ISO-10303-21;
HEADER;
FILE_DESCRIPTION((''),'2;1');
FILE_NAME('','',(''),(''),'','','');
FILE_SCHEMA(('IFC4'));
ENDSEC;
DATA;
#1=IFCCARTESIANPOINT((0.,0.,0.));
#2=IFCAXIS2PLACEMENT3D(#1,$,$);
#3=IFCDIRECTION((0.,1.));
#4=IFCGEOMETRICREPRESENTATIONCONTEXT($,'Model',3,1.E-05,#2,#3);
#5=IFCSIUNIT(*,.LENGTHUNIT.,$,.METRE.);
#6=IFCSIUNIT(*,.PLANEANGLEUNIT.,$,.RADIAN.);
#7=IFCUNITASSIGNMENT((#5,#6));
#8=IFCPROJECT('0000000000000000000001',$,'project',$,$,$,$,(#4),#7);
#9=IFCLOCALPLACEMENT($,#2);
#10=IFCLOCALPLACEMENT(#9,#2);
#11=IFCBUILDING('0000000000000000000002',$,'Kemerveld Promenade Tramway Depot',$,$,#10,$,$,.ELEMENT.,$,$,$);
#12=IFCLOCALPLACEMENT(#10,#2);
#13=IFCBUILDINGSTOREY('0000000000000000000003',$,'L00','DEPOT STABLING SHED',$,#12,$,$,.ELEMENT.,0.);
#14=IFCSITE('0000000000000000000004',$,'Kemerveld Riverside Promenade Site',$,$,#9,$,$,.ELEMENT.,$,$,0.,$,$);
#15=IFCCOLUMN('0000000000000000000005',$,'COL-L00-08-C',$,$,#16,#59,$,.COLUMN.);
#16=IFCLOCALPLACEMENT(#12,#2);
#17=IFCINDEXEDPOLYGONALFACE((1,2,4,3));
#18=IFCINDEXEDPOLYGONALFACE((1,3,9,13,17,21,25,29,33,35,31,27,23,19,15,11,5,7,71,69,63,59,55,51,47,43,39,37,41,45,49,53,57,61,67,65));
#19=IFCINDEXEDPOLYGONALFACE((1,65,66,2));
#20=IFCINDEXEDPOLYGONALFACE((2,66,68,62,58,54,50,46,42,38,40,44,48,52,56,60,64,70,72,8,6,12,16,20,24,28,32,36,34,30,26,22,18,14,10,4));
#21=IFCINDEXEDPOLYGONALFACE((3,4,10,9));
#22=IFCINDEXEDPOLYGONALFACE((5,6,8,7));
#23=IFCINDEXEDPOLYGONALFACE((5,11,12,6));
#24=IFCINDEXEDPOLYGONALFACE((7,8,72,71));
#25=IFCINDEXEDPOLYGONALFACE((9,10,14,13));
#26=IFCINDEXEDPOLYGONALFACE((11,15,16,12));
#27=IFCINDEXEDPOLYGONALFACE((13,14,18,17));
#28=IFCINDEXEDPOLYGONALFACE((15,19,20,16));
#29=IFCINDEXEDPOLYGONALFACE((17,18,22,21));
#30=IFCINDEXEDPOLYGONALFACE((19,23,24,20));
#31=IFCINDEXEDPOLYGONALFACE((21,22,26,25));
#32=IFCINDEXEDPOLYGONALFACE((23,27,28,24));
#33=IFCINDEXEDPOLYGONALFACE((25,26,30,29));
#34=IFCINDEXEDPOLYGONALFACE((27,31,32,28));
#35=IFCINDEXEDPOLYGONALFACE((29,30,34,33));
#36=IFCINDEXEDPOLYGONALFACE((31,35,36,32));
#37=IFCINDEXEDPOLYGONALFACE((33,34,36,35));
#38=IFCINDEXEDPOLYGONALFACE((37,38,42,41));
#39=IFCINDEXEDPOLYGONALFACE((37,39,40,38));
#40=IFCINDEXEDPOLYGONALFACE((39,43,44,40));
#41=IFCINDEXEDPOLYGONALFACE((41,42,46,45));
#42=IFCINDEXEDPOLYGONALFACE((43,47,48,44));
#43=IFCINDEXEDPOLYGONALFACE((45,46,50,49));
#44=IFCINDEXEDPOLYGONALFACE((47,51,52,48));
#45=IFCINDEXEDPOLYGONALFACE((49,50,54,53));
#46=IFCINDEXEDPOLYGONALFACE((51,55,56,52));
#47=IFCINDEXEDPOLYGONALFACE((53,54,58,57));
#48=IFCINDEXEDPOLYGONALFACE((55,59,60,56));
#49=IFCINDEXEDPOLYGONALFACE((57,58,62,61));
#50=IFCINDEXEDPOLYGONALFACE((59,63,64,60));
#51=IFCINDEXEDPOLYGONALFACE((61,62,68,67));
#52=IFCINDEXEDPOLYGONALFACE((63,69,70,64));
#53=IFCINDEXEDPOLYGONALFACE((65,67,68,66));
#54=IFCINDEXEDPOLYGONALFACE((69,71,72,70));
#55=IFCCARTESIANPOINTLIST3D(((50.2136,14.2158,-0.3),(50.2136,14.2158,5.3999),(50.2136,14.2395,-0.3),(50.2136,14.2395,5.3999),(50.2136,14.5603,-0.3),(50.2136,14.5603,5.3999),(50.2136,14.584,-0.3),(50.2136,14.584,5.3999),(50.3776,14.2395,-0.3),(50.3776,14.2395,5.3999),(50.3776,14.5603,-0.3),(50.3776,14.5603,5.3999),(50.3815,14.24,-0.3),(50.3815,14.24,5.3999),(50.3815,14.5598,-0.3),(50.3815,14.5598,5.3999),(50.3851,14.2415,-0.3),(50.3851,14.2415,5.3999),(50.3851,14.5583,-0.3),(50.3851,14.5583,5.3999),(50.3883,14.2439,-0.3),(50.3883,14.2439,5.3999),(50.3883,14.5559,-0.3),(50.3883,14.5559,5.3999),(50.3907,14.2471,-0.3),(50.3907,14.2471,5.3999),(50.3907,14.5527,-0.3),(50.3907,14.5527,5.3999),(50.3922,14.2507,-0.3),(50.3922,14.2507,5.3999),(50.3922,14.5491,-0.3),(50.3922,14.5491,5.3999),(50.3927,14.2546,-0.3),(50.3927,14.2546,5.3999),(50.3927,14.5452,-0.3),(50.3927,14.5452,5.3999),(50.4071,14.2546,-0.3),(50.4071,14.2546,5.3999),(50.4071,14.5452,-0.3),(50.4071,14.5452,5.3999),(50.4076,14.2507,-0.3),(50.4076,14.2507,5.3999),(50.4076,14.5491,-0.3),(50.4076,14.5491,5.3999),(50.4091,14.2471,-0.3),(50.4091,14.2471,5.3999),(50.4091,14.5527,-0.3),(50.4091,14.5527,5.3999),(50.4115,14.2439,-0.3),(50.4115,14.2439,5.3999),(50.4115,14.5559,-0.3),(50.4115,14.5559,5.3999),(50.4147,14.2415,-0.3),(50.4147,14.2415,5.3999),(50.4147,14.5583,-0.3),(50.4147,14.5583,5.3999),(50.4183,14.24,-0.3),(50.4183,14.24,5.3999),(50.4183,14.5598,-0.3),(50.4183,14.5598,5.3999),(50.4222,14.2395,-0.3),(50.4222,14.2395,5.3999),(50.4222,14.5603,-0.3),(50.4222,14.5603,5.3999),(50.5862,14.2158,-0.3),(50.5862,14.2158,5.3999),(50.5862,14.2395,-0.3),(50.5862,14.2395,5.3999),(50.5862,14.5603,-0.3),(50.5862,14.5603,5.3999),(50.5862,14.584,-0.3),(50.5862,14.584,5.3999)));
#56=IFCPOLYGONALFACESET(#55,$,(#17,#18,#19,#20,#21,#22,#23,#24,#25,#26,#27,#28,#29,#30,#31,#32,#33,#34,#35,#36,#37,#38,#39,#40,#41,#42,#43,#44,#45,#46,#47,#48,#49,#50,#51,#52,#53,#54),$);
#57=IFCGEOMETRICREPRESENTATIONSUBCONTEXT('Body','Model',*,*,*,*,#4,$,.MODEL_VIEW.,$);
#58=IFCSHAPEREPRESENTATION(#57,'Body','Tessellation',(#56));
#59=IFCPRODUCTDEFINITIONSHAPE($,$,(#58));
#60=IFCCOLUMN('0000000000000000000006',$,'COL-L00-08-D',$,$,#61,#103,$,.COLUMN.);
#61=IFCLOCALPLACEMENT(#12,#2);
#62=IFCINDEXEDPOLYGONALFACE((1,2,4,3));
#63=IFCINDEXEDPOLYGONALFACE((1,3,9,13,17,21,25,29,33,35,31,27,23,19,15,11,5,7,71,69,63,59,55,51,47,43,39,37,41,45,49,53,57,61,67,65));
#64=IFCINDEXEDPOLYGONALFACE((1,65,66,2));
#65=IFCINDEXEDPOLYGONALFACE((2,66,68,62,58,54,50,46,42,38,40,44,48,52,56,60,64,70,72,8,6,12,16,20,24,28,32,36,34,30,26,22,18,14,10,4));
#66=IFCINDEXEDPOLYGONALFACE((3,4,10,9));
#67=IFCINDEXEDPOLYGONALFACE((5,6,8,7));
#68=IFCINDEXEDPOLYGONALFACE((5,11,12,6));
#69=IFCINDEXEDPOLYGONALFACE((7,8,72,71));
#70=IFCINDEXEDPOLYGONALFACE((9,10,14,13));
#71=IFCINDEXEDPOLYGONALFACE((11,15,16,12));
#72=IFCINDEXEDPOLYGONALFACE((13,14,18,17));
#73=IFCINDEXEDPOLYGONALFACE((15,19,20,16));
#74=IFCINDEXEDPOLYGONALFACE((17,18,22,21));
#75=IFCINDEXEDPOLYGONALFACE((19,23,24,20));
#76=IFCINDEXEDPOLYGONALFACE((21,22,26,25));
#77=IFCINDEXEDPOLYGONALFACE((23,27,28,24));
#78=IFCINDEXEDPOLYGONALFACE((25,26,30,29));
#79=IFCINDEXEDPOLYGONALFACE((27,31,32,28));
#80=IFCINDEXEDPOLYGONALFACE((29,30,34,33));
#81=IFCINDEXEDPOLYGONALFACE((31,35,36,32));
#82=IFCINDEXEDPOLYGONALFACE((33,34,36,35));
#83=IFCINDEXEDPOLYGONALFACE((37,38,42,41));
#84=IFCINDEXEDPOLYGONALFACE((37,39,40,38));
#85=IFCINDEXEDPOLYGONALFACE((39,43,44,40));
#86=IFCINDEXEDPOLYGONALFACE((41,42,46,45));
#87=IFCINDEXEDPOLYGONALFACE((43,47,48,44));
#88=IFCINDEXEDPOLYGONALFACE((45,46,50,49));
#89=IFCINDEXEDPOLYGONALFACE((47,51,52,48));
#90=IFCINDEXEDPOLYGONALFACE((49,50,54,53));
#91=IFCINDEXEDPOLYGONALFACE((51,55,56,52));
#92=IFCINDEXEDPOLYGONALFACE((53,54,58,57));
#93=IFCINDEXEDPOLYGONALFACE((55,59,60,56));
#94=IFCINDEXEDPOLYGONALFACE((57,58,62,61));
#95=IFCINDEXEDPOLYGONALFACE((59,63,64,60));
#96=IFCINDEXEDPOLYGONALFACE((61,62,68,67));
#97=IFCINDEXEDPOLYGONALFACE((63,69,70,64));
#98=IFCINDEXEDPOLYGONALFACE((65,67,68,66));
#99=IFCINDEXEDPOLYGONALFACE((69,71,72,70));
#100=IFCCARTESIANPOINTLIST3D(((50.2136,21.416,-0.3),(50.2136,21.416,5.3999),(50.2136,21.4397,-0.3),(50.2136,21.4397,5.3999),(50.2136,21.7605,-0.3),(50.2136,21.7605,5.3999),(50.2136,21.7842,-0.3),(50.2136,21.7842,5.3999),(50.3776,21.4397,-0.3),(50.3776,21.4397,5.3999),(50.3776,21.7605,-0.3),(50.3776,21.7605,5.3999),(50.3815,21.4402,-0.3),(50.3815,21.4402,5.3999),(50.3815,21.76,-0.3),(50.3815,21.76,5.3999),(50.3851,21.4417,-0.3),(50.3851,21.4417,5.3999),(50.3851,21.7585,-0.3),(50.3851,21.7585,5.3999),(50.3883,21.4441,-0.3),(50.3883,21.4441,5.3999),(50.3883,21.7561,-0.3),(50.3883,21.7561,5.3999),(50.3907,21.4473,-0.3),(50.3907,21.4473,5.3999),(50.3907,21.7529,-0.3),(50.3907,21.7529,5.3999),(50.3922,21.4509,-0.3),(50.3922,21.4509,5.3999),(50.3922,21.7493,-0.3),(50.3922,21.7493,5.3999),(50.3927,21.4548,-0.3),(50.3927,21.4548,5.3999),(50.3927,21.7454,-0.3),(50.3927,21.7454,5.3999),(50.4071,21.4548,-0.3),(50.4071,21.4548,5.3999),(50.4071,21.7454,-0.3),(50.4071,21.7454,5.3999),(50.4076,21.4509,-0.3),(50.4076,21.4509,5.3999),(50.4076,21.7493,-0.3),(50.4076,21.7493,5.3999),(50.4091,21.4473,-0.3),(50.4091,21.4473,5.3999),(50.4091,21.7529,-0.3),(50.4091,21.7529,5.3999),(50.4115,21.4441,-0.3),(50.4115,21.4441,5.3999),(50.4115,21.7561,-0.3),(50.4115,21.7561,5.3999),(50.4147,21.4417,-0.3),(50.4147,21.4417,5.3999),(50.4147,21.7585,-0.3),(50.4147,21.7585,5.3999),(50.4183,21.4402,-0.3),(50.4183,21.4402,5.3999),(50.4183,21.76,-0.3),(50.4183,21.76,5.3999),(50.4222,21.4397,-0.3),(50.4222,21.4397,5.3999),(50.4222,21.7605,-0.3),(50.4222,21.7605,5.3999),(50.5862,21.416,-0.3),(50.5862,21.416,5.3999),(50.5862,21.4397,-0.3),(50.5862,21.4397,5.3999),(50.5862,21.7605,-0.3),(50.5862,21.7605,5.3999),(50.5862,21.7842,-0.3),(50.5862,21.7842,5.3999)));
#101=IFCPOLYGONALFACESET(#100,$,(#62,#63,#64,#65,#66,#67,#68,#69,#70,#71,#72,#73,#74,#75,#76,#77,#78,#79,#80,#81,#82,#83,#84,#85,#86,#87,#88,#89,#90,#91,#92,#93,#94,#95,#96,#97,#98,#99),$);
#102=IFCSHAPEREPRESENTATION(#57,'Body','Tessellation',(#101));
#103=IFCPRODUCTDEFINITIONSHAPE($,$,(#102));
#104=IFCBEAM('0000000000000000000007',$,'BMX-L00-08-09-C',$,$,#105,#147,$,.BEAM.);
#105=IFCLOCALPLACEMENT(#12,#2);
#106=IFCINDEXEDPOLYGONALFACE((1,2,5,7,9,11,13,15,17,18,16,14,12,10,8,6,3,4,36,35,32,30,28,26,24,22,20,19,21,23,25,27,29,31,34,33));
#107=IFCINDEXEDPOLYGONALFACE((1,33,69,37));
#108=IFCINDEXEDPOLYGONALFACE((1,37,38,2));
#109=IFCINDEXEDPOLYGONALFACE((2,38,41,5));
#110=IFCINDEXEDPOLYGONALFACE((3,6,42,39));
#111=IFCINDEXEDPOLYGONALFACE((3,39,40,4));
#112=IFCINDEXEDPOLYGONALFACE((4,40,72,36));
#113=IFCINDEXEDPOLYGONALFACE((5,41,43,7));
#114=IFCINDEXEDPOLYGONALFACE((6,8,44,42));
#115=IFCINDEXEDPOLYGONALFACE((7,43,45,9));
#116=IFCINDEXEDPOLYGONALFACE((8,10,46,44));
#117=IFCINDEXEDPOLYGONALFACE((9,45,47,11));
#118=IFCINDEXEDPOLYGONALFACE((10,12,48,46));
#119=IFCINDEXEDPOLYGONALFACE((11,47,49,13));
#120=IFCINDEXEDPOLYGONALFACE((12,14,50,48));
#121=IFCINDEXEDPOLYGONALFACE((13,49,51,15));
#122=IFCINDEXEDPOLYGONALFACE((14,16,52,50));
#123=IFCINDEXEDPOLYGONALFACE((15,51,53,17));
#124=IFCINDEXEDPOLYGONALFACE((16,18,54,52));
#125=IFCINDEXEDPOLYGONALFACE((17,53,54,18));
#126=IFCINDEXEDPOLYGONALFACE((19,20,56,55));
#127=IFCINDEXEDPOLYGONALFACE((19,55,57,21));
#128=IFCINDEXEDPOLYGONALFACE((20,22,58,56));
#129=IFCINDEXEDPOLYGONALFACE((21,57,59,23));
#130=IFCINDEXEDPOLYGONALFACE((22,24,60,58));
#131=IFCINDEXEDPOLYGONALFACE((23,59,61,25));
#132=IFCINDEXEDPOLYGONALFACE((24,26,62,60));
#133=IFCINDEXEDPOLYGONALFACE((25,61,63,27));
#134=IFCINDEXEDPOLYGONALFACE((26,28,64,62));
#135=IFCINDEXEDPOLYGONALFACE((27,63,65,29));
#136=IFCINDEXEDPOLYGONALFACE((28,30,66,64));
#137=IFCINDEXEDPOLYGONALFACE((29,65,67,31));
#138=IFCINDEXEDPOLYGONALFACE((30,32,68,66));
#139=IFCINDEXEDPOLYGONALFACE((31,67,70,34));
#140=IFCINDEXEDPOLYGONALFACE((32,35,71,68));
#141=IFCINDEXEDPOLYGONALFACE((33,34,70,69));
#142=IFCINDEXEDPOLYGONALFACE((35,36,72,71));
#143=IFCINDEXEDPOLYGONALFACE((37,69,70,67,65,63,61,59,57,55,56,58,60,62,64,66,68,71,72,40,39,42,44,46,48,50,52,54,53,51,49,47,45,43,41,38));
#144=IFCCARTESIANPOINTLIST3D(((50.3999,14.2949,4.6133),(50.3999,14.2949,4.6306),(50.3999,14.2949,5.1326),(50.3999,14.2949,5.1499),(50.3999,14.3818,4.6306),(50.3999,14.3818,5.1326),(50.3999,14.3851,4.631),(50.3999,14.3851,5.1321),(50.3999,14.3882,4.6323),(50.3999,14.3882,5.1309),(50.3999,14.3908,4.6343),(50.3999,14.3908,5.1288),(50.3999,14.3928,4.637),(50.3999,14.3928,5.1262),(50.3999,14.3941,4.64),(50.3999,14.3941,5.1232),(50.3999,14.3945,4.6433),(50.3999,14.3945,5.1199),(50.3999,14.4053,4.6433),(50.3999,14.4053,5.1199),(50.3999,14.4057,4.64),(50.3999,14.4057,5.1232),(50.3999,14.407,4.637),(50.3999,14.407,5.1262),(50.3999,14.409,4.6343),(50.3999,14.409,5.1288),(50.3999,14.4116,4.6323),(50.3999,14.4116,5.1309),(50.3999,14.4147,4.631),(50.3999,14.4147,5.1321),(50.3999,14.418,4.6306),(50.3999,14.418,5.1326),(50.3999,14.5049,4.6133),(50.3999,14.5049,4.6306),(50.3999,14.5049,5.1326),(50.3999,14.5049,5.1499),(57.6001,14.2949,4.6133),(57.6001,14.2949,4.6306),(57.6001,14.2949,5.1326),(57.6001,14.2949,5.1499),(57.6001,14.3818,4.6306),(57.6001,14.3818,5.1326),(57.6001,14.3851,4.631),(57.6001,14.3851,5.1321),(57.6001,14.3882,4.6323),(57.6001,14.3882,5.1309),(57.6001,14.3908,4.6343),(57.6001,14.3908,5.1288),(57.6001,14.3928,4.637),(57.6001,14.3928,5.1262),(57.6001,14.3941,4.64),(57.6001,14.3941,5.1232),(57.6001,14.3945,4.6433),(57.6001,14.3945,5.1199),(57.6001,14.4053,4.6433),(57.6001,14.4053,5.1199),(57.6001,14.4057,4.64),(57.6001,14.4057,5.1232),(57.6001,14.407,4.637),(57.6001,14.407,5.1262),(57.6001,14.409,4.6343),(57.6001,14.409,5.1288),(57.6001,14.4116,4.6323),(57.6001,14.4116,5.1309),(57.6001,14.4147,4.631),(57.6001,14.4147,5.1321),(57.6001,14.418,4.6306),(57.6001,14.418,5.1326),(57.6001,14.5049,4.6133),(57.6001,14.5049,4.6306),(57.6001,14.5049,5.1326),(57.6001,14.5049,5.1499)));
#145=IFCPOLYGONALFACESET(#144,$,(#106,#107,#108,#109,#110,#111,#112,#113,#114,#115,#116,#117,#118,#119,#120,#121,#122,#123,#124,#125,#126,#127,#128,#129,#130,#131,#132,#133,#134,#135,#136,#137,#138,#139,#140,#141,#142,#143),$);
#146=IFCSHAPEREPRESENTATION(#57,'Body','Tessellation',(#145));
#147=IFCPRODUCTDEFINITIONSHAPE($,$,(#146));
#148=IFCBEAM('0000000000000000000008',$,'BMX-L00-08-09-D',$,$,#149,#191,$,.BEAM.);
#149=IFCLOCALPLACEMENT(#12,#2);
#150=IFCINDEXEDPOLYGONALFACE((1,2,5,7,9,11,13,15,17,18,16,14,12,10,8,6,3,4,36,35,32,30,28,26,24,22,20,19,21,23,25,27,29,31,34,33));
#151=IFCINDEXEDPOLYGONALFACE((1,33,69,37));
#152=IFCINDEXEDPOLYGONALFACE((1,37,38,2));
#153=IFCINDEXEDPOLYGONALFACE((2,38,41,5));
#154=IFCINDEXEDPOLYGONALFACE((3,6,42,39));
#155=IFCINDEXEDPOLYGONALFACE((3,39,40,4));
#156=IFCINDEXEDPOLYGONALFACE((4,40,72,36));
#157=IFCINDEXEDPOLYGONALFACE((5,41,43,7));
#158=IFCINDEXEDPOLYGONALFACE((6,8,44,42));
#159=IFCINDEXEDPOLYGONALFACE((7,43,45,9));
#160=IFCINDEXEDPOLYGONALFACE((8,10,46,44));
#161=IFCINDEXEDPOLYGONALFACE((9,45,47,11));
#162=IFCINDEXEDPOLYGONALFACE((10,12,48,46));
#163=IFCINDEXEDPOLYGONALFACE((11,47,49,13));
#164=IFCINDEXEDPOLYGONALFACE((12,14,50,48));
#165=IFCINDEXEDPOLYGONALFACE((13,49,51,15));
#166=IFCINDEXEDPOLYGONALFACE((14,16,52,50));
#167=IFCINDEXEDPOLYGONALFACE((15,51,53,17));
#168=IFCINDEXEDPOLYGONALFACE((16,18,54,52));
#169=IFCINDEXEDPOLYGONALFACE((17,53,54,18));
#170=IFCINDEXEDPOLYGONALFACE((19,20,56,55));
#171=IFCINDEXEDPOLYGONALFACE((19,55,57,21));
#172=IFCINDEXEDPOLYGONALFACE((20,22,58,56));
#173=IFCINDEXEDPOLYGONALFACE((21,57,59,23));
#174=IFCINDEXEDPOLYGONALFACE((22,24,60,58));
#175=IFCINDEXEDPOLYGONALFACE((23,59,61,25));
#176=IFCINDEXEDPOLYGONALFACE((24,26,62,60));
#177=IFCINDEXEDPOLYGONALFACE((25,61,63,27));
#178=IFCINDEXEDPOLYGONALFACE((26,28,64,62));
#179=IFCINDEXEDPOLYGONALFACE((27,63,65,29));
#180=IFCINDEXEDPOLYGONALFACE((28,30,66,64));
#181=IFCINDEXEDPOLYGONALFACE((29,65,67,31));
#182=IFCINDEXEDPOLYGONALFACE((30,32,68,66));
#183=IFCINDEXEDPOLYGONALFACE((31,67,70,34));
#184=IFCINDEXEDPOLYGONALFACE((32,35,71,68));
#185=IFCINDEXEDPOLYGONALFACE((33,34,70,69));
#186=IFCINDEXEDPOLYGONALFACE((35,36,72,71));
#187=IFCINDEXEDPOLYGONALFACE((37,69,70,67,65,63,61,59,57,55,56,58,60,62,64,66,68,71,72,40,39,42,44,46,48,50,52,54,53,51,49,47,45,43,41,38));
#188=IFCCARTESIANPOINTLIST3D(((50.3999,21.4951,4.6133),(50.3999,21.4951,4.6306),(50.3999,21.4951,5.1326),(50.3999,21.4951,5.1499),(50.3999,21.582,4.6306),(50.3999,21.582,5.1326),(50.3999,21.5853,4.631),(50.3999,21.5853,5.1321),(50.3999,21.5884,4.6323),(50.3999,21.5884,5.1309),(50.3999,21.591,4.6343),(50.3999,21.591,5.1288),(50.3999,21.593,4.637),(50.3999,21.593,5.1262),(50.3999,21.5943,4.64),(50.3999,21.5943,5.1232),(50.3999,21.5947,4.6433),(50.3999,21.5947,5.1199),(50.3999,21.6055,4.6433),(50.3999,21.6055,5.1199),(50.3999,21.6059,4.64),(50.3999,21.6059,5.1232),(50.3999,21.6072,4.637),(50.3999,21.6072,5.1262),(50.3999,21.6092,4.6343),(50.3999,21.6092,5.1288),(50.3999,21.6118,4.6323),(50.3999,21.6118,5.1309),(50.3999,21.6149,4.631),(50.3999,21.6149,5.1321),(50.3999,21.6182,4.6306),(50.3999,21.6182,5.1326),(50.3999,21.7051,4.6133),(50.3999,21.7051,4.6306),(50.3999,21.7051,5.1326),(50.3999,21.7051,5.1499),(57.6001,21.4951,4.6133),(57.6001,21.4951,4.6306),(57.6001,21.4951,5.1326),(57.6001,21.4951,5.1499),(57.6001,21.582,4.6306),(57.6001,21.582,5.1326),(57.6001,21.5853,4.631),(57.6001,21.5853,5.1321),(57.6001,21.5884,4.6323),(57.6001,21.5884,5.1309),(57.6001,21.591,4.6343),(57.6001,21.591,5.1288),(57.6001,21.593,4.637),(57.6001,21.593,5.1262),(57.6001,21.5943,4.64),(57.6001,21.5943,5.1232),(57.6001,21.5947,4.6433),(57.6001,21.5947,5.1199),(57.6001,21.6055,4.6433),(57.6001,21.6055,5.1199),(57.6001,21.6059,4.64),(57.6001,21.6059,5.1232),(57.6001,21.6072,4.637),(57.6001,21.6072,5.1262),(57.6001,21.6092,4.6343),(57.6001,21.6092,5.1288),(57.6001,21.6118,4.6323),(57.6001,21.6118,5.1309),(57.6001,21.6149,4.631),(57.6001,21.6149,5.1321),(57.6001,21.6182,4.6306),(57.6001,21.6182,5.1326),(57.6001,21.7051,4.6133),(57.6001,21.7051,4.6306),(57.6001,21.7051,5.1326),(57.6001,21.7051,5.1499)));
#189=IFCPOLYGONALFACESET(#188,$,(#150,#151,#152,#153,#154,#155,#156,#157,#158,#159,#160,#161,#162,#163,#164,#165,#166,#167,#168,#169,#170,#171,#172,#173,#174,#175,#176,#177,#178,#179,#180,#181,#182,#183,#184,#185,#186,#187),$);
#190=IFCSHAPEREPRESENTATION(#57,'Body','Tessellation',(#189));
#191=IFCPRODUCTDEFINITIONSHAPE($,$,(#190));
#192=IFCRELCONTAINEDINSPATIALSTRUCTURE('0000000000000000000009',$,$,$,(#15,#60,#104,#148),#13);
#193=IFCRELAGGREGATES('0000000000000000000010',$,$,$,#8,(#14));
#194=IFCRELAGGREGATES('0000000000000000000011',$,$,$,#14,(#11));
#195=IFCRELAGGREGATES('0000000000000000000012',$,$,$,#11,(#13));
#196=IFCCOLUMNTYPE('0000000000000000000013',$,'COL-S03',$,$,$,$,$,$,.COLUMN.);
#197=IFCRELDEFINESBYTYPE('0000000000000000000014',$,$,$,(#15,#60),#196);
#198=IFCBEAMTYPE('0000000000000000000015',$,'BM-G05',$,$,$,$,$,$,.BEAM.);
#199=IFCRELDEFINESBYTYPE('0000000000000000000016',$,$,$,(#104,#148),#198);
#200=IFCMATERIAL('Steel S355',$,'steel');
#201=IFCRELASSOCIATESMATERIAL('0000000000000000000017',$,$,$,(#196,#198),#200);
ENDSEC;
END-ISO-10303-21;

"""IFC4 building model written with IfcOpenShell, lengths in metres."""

from ifc_helpers import new_model, si_unit, direction, frame, origin, origin_2d, place, context, subcontext, project, spatial, i_section, extrude, material, material_profile, profile_set, type_object, element, save


model = new_model("IFC4")

# Units and contexts
model_context = context("Model", 3, precision=1e-05, world=origin(), true_north=direction((0.0, 1.0)))
body_context = subcontext(model_context, "Body", "Model", "MODEL_VIEW")
ifc_project = project(units=[si_unit("LENGTHUNIT", "METRE"), si_unit("PLANEANGLEUNIT", "RADIAN")], contexts=[model_context])

# Site, building, storey
site_placement = place(None, origin())
site = spatial("IfcSite", under=ifc_project, at=site_placement, Name="Kemerveld Riverside Promenade Site", CompositionType="ELEMENT", RefElevation=0.0)
building_placement = place(site_placement, origin())
building = spatial("IfcBuilding", under=site, at=building_placement, Name="Kemerveld Promenade Tramway Depot", CompositionType="ELEMENT")
storey_placement = place(building_placement, origin())
storey = spatial("IfcBuildingStorey", under=building, at=storey_placement, Name="L00", Description="DEPOT STABLING SHED", CompositionType="ELEMENT", Elevation=0.0)

# Columns
ifc_material_1 = material(Name="Steel S355", Category="steel")
ifc_material_profile_1 = material_profile(ifc_material_1, i_section(OverallWidth=0.3726, OverallDepth=0.3682, WebThickness=0.0144, FlangeThickness=0.0237, FilletRadius=0.0151, at=origin_2d()), Name="356x368x177 UC")
ifc_profile_set_1 = profile_set([ifc_material_profile_1], Name="Steel S355")
column_type = type_object("IfcColumnType", Name="COL-S03", PredefinedType="COLUMN", material=ifc_profile_set_1)
for number, where, z_axis, x_axis, name in (
    (1, (50.3999, 14.3999, -0.3), (0.0, 0.0, 1.0), (1.0, 0.0, 0.0), "COL-L00-08-C"),
    (2, (50.3999, 21.6001, -0.3), (0.0, 0.0, 1.0), (1.0, 0.0, 0.0), "COL-L00-08-D"),
):
    element("IfcColumn", number, at=place(storey_placement, frame(where, z_axis=z_axis, x_axis=x_axis)), inside=storey, type_object=column_type, Name=name, PredefinedType="COLUMN", context=body_context, shape_type="SweptSolid", body=[
        extrude(i_section(OverallWidth=0.3726, OverallDepth=0.3682, WebThickness=0.0144, FlangeThickness=0.0237, FilletRadius=0.0151, at=origin_2d()), origin(), (0.0, 0.0, 1.0), 5.7),
    ])

# Beams
ifc_material_profile_2 = material_profile(ifc_material_1, i_section(OverallWidth=0.21, OverallDepth=0.5366, WebThickness=0.0107, FlangeThickness=0.0173, FilletRadius=0.0127, at=origin_2d()), Name="533x210x101 UB")
ifc_profile_set_2 = profile_set([ifc_material_profile_2], Name="Steel S355")
beam_type_1 = type_object("IfcBeamType", Name="BM-G05", PredefinedType="BEAM", material=ifc_profile_set_2)
for number, where, z_axis, x_axis, name in (
    (3, (50.3999, 14.3999, 4.8816), (1.0, 0.0, 0.0), (0.0, 1.0, 0.0), "BMX-L00-08-09-C"),
    (4, (50.3999, 21.6001, 4.8816), (1.0, 0.0, 0.0), (0.0, 1.0, 0.0), "BMX-L00-08-09-D"),
):
    element("IfcBeam", number, at=place(storey_placement, frame(where, z_axis=z_axis, x_axis=x_axis)), inside=storey, type_object=beam_type_1, Name=name, PredefinedType="BEAM", context=body_context, shape_type="SweptSolid", body=[
        extrude(i_section(OverallWidth=0.21, OverallDepth=0.5366, WebThickness=0.0107, FlangeThickness=0.0173, FilletRadius=0.0127, at=origin_2d()), origin(), (0.0, 0.0, 1.0), 7.2002),
    ])

save(model, "model.ifc")
